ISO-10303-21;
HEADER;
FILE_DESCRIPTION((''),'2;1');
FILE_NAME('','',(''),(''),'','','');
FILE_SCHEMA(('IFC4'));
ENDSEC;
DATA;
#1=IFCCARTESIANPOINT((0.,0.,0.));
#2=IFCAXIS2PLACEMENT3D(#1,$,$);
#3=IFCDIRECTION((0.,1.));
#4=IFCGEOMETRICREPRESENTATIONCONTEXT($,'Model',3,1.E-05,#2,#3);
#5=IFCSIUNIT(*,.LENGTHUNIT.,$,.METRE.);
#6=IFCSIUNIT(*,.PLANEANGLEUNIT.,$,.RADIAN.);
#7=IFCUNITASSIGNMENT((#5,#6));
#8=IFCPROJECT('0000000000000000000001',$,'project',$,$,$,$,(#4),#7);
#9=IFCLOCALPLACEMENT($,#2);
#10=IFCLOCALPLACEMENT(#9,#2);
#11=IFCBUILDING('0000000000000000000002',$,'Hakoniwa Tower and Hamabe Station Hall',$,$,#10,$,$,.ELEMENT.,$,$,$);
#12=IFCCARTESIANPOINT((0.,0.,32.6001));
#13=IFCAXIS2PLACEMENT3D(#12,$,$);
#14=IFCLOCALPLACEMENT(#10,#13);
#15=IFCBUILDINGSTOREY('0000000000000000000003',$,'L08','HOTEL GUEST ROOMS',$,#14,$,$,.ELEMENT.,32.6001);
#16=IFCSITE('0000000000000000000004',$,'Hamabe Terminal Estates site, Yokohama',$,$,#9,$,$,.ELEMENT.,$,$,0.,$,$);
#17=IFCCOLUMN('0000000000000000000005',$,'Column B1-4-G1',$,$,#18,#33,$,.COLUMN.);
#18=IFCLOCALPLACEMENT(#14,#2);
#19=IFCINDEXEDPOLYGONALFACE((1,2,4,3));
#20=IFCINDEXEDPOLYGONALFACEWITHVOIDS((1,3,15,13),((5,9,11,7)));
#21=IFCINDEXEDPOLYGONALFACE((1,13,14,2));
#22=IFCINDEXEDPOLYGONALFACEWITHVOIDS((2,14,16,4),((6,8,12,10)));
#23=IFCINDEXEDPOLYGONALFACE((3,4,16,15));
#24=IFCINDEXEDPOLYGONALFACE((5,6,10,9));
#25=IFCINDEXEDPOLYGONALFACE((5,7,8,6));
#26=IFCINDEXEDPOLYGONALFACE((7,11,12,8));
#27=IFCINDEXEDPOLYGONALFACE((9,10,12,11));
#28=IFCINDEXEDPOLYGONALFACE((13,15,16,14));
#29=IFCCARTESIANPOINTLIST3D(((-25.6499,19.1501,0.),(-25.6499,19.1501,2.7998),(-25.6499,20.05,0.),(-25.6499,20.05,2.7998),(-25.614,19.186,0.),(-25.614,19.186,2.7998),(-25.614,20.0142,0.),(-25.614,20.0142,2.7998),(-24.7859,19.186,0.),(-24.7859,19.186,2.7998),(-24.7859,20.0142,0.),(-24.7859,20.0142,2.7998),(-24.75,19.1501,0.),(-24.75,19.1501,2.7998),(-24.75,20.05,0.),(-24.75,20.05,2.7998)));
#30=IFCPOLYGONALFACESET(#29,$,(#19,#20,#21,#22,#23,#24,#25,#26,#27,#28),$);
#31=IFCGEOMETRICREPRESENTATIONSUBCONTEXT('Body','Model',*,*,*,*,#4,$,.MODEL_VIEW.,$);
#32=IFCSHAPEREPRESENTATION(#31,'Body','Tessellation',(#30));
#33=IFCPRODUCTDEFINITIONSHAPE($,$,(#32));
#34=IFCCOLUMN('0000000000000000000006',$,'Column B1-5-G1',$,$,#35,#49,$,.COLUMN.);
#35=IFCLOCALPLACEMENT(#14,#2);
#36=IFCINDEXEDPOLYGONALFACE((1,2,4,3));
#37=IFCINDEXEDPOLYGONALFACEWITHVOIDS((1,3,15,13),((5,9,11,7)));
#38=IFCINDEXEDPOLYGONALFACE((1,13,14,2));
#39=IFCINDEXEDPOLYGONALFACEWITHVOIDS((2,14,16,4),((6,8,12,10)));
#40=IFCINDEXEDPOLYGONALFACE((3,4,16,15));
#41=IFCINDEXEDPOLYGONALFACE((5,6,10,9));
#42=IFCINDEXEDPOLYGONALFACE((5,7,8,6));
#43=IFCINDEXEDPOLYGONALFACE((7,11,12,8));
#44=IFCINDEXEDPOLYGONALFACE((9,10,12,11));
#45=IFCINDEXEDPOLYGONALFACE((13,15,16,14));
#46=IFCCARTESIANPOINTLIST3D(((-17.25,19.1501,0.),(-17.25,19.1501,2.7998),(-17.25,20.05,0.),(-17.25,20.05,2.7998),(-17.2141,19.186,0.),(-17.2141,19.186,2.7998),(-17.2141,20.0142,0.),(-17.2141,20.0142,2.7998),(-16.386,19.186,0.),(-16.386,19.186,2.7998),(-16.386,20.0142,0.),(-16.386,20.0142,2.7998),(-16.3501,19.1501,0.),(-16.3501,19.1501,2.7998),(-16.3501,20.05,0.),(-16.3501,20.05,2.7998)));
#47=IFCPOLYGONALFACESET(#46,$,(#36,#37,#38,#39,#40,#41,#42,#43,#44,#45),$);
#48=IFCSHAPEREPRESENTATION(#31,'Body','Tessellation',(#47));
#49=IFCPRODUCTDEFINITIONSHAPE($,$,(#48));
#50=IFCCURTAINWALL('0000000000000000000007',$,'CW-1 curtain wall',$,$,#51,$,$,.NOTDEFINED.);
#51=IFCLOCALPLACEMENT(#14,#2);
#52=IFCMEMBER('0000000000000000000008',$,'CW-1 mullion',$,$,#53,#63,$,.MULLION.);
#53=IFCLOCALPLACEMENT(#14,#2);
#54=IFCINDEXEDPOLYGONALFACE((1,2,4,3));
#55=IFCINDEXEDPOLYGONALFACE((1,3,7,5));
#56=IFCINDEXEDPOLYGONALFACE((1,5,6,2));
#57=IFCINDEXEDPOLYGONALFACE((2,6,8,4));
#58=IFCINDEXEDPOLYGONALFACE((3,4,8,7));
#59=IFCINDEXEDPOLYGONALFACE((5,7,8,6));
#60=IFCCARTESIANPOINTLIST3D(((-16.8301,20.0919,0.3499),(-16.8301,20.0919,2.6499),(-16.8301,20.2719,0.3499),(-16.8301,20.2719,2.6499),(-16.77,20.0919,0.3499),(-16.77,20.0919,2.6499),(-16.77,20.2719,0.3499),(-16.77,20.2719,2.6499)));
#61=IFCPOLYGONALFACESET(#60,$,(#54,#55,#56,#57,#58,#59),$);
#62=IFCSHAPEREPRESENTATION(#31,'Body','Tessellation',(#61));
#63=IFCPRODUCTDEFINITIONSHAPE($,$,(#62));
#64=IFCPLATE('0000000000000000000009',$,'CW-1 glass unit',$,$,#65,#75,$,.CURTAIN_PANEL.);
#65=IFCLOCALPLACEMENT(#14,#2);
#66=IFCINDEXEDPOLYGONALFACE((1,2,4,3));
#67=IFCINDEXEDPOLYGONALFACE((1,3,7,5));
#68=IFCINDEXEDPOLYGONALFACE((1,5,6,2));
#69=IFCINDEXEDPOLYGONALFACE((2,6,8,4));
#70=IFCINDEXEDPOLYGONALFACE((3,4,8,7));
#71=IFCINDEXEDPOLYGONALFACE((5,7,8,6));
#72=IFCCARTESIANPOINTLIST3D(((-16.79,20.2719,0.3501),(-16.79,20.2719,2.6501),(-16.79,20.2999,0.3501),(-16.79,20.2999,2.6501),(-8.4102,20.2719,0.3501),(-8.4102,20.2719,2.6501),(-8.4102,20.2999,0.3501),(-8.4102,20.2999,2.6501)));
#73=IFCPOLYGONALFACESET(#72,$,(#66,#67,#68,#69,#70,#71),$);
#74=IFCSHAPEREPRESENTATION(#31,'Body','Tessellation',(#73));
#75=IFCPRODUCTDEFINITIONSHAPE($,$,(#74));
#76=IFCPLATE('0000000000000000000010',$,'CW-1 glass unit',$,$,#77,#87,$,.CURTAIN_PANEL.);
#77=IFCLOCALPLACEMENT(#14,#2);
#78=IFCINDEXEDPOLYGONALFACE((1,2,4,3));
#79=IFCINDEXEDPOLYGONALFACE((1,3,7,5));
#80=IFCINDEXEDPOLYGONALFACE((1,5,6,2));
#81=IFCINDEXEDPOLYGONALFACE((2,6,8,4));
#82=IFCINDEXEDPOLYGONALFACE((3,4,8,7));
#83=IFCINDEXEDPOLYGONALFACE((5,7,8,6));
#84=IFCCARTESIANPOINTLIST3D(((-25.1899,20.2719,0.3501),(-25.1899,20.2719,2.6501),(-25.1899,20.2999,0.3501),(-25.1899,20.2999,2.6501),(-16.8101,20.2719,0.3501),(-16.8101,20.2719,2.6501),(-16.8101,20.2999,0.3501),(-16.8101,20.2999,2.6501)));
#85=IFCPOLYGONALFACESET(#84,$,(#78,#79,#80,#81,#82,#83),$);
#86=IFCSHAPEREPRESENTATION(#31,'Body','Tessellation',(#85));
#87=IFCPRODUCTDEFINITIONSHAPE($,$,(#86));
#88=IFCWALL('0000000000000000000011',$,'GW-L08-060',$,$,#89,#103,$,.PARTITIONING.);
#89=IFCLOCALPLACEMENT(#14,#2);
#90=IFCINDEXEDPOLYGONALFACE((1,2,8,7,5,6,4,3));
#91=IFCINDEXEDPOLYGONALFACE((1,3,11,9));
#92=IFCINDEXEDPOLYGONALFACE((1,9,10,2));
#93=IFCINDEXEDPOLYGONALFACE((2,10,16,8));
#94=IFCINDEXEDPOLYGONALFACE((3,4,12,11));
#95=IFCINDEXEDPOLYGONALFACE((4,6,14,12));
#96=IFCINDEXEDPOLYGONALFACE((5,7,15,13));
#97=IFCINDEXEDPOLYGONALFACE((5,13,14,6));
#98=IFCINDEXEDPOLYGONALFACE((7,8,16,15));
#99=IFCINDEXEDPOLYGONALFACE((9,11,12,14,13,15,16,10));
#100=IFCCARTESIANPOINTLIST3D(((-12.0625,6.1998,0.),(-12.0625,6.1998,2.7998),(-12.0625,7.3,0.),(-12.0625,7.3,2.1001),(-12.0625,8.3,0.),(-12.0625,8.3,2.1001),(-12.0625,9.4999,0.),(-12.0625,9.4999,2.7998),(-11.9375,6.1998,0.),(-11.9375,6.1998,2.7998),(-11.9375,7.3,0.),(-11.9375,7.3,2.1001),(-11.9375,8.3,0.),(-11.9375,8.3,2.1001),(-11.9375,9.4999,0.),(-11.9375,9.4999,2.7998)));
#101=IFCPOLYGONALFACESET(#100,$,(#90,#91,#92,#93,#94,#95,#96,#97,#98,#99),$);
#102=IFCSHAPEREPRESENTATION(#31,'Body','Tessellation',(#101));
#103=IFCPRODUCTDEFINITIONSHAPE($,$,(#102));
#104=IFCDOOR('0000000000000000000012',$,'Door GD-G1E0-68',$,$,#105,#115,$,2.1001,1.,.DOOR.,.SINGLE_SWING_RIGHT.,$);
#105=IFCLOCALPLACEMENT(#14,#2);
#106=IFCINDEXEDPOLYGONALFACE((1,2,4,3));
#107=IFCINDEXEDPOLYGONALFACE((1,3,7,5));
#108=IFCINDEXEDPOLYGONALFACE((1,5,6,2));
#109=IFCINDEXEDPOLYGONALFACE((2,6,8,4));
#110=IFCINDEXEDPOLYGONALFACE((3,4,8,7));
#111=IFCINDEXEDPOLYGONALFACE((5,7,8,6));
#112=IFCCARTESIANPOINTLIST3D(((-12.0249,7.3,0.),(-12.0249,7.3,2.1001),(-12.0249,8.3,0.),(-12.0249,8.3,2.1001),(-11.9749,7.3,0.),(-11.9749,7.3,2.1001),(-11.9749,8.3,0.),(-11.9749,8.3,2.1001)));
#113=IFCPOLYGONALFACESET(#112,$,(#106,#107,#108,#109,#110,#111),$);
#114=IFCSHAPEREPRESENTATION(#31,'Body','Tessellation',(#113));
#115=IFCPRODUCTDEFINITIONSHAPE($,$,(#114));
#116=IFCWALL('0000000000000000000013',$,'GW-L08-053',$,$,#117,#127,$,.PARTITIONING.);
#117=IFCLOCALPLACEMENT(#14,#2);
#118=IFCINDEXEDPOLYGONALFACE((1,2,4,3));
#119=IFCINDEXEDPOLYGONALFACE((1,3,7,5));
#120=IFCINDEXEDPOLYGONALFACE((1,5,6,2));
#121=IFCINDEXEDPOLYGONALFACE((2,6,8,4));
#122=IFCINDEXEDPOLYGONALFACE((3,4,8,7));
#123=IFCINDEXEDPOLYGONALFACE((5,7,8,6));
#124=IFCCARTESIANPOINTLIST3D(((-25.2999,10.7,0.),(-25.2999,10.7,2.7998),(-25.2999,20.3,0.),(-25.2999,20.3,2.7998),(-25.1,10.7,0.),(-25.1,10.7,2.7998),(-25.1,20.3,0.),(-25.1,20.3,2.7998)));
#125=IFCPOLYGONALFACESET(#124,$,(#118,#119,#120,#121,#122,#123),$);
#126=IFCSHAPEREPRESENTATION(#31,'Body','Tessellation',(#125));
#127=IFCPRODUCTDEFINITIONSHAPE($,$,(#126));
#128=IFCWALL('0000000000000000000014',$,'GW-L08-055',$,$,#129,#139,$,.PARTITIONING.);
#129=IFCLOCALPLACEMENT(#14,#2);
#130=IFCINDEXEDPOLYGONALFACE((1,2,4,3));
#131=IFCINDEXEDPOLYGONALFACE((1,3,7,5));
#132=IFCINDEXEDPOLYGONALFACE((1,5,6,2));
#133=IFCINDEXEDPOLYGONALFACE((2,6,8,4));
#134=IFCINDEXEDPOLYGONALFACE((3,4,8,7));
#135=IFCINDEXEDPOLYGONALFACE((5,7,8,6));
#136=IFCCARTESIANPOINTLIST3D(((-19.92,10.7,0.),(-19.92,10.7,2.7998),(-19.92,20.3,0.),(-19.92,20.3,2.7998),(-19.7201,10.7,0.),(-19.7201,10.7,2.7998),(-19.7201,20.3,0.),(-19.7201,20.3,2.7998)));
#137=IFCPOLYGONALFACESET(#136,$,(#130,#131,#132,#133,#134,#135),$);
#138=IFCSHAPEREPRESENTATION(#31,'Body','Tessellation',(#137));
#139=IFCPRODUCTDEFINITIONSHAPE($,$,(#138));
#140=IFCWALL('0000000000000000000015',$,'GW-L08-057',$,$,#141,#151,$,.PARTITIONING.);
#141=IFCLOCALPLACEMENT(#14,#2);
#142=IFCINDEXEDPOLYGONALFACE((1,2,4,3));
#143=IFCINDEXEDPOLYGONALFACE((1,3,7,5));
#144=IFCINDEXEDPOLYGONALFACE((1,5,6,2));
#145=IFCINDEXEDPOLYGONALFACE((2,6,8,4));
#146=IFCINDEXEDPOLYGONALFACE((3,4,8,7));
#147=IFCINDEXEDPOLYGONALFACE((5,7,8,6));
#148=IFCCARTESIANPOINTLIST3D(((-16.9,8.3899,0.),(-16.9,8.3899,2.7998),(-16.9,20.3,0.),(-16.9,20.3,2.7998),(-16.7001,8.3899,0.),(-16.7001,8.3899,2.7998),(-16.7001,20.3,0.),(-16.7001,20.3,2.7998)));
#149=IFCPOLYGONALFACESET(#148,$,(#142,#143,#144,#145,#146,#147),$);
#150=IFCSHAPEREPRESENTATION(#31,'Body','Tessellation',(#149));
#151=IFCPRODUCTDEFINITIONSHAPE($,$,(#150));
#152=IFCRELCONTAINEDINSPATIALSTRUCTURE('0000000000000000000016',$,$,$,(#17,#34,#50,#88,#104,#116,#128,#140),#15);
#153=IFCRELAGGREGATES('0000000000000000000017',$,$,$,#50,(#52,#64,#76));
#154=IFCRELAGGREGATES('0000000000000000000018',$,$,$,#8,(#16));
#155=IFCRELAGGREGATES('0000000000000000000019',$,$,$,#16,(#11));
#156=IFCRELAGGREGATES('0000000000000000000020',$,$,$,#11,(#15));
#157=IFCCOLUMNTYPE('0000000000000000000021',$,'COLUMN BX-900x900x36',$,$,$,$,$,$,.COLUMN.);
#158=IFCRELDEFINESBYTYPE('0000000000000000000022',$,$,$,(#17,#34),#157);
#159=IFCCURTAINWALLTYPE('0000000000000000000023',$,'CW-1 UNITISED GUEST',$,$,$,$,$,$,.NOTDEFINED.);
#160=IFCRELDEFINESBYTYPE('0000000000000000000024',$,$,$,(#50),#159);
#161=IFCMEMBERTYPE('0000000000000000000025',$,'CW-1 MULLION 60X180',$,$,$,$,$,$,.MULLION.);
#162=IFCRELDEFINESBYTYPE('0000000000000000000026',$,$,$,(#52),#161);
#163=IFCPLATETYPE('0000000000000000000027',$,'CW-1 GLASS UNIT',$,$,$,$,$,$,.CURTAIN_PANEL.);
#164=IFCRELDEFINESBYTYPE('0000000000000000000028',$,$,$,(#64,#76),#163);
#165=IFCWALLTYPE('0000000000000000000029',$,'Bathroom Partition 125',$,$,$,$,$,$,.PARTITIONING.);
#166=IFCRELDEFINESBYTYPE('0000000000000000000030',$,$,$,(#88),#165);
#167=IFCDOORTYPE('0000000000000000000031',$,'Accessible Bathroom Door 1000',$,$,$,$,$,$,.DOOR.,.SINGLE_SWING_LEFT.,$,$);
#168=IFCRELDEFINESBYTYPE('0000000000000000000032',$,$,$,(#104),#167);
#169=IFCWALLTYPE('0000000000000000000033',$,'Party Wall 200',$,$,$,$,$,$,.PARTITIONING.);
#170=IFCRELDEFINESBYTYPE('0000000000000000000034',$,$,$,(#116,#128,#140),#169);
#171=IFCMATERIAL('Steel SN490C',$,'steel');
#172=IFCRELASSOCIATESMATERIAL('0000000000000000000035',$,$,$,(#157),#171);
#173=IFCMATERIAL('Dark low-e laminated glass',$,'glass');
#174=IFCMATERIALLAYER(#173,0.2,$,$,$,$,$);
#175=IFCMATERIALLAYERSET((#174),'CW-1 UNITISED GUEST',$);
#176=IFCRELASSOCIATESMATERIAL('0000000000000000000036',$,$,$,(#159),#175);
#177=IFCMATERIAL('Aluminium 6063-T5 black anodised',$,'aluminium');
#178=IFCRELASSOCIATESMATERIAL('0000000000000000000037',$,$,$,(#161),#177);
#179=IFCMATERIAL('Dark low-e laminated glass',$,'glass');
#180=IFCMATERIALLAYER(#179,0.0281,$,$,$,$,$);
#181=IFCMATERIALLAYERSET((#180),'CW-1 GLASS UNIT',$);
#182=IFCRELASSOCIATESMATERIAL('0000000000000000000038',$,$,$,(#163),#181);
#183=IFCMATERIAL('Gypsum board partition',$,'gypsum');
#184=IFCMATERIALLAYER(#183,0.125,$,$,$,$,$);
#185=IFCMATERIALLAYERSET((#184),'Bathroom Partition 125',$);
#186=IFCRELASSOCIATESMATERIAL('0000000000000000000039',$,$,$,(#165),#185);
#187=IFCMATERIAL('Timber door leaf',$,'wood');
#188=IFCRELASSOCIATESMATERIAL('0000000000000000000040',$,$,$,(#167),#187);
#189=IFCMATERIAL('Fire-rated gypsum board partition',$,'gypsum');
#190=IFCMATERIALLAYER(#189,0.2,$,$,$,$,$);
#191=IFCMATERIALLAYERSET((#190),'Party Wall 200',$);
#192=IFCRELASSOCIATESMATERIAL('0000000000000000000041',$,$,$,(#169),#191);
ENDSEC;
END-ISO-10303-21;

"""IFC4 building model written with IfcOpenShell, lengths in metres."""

from ifc_helpers import new_model, si_unit, direction, frame, frame_2d, origin, origin_2d, place, context, subcontext, project, spatial, rectangle, hollow_rectangle, extrude, material, layer, layer_set, material_profile, profile_set, type_object, element, fill, aggregate, save


model = new_model("IFC4")

# Units and contexts
model_context = context("Model", 3, precision=1e-05, world=origin(), true_north=direction((0.0, 1.0)))
body_context = subcontext(model_context, "Body", "Model", "MODEL_VIEW")
ifc_project = project(units=[si_unit("LENGTHUNIT", "METRE"), si_unit("PLANEANGLEUNIT", "RADIAN")], contexts=[model_context])

# Site, building, storey
site_placement = place(None, origin())
site = spatial("IfcSite", under=ifc_project, at=site_placement, Name="Hamabe Terminal Estates site, Yokohama", CompositionType="ELEMENT", RefElevation=0.0)
building_placement = place(site_placement, origin())
building = spatial("IfcBuilding", under=site, at=building_placement, Name="Hakoniwa Tower and Hamabe Station Hall", CompositionType="ELEMENT")
storey_placement = place(building_placement, frame((0.0, 0.0, 32.6001)))
storey = spatial("IfcBuildingStorey", under=building, at=storey_placement, Name="L08", Description="HOTEL GUEST ROOMS", CompositionType="ELEMENT", Elevation=32.6001)

# Columns
ifc_material_1 = material(Name="Steel SN490C", Category="steel")
ifc_material_profile_1 = material_profile(ifc_material_1, hollow_rectangle(XDim=0.8999, YDim=0.8999, WallThickness=0.0359, at=origin_2d()), Name="BX-900x900x36")
ifc_profile_set_1 = profile_set([ifc_material_profile_1], Name="Steel SN490C")
column_type = type_object("IfcColumnType", Name="COLUMN BX-900x900x36", PredefinedType="COLUMN", material=ifc_profile_set_1)
for number, where, z_axis, x_axis, name in (
    (1, (-25.2, 19.6001, 0.0), (0.0, 0.0, 1.0), (1.0, 0.0, 0.0), "Column B1-4-G1"),
    (2, (-16.8, 19.6001, 0.0), (0.0, 0.0, 1.0), (1.0, 0.0, 0.0), "Column B1-5-G1"),
):
    element("IfcColumn", number, at=place(storey_placement, frame(where, z_axis=z_axis, x_axis=x_axis)), inside=storey, type_object=column_type, Name=name, PredefinedType="COLUMN", context=body_context, shape_type="SweptSolid", body=[
        extrude(hollow_rectangle(XDim=0.8999, YDim=0.8999, WallThickness=0.0359, at=origin_2d()), origin(), (0.0, 0.0, 1.0), 2.7998),
    ])

# Curtain wall, member, plates
ifc_material_2 = material(Name="Dark low-e laminated glass", Category="glass")
ifc_layer_1 = layer(ifc_material_2, 0.2)
ifc_layer_set_1 = layer_set([ifc_layer_1], Name="CW-1 UNITISED GUEST")
curtain_wall_type = type_object("IfcCurtainWallType", Name="CW-1 UNITISED GUEST", PredefinedType="NOTDEFINED", material=ifc_layer_set_1)
curtain_wall_placement = place(storey_placement, origin())
curtain_wall = element("IfcCurtainWall", 3, at=curtain_wall_placement, inside=storey, type_object=curtain_wall_type, Name="CW-1 curtain wall", PredefinedType="NOTDEFINED")
ifc_material_3 = material(Name="Aluminium 6063-T5 black anodised", Category="aluminium")
ifc_material_profile_2 = material_profile(ifc_material_3, rectangle(XDim=0.0601, YDim=0.1799, at=origin_2d()), Name="CW-1 MULLION 60X180")
ifc_profile_set_2 = profile_set([ifc_material_profile_2], Name="Aluminium 6063-T5 black anodised")
member_type = type_object("IfcMemberType", Name="CW-1 MULLION 60X180", PredefinedType="MULLION", material=ifc_profile_set_2)
member_placement = place(storey_placement, frame((-16.8, 20.1819, 0.3499), z_axis=(0.0, 0.0, 1.0), x_axis=(-1.0, 0.0, 0.0)))
member = element("IfcMember", 4, at=member_placement, type_object=member_type, Name="CW-1 mullion", PredefinedType="MULLION", context=body_context, shape_type="SweptSolid", body=[
    extrude(rectangle(XDim=0.0601, YDim=0.1799, at=origin_2d()), origin(), (0.0, 0.0, 1.0), 2.3),
])
ifc_material_4 = material(Name="Dark low-e laminated glass", Category="glass")
ifc_layer_2 = layer(ifc_material_4, 0.0281)
ifc_layer_set_2 = layer_set([ifc_layer_2], Name="CW-1 GLASS UNIT")
plate_type = type_object("IfcPlateType", Name="CW-1 GLASS UNIT", PredefinedType="CURTAIN_PANEL", material=ifc_layer_set_2)
plate_1_placement = place(storey_placement, frame((-12.6001, 20.2859, 0.3501), z_axis=(0.0, 0.0, 1.0), x_axis=(-1.0, 0.0, 0.0)))
plate_1 = element("IfcPlate", 5, at=plate_1_placement, type_object=plate_type, Name="CW-1 glass unit", PredefinedType="CURTAIN_PANEL", context=body_context, shape_type="SweptSolid", body=[
    extrude(rectangle(XDim=8.3799, YDim=0.0281, at=origin_2d()), origin(), (0.0, 0.0, 1.0), 2.3),
])
plate_2_placement = place(storey_placement, frame((-21.0, 20.2859, 0.3501), z_axis=(0.0, 0.0, 1.0), x_axis=(-1.0, 0.0, 0.0)))
plate_2 = element("IfcPlate", 6, at=plate_2_placement, type_object=plate_type, Name="CW-1 glass unit", PredefinedType="CURTAIN_PANEL", context=body_context, shape_type="SweptSolid", body=[
    extrude(rectangle(XDim=8.3799, YDim=0.0281, at=origin_2d()), origin(), (0.0, 0.0, 1.0), 2.3),
])
aggregate(curtain_wall, [member, plate_1, plate_2])

# Wall, opening, door
ifc_material_5 = material(Name="Gypsum board partition", Category="gypsum")
ifc_layer_3 = layer(ifc_material_5, 0.125)
ifc_layer_set_3 = layer_set([ifc_layer_3], Name="Bathroom Partition 125")
wall_type_1 = type_object("IfcWallType", Name="Bathroom Partition 125", PredefinedType="PARTITIONING", material=ifc_layer_set_3)
wall_1_placement = place(storey_placement, frame((-12.0, 6.2, 0.0), z_axis=(0.0, 0.0, 1.0), x_axis=(0.0, 1.0, 0.0)))
wall_1 = element("IfcWall", 7, at=wall_1_placement, inside=storey, type_object=wall_type_1, Name="GW-L08-060", PredefinedType="PARTITIONING", context=body_context, shape_type="SweptSolid", body=[
    extrude(rectangle(XDim=3.3, YDim=0.125, at=frame_2d((1.6499, 0.0))), origin(), (0.0, 0.0, 1.0), 2.7998),
])
opening_placement = place(wall_1_placement, frame((1.1001, 0.0, 0.0)))
opening = element("IfcOpeningElement", 8, at=opening_placement, cuts=wall_1, PredefinedType="OPENING", context=body_context, shape_type="SweptSolid", body=[
    extrude(rectangle(XDim=1.0, YDim=2.1001, at=frame_2d((0.5, 1.05))), frame((0.0, 0.0725, 0.0), z_axis=(0.0, -1.0, 0.0), x_axis=(1.0, 0.0, 0.0)), (0.0, 0.0, 1.0), 0.145),
])
ifc_material_6 = material(Name="Timber door leaf", Category="wood")
door_type = type_object("IfcDoorType", Name="Accessible Bathroom Door 1000", OperationType="SINGLE_SWING_LEFT", PredefinedType="DOOR", material=ifc_material_6)
door_placement = place(opening_placement, origin())
door = element("IfcDoor", 9, at=door_placement, inside=storey, type_object=door_type, Name="Door GD-G1E0-68", OperationType="SINGLE_SWING_RIGHT", OverallHeight=2.1001, OverallWidth=1.0, PredefinedType="DOOR", context=body_context, shape_type="SweptSolid", body=[
    extrude(rectangle(XDim=1.0, YDim=2.1001, at=frame_2d((0.5, 1.05))), frame((0.0, 0.0249, 0.0), z_axis=(0.0, -1.0, 0.0), x_axis=(1.0, 0.0, 0.0)), (0.0, 0.0, 1.0), 0.05),
])
fill(opening, door)

# Walls
ifc_material_7 = material(Name="Fire-rated gypsum board partition", Category="gypsum")
ifc_layer_4 = layer(ifc_material_7, 0.2)
ifc_layer_set_4 = layer_set([ifc_layer_4], Name="Party Wall 200")
wall_type_2 = type_object("IfcWallType", Name="Party Wall 200", PredefinedType="PARTITIONING", material=ifc_layer_set_4)
for number, where, z_axis, x_axis, name in (
    (10, (-25.2, 10.7, 0.0), (0.0, 0.0, 1.0), (0.0, 1.0, 0.0), "GW-L08-053"),
    (11, (-19.8201, 10.7, 0.0), (0.0, 0.0, 1.0), (0.0, 1.0, 0.0), "GW-L08-055"),
):
    element("IfcWall", number, at=place(storey_placement, frame(where, z_axis=z_axis, x_axis=x_axis)), inside=storey, type_object=wall_type_2, Name=name, PredefinedType="PARTITIONING", context=body_context, shape_type="SweptSolid", body=[
        extrude(rectangle(XDim=9.6001, YDim=0.2, at=frame_2d((4.8, 0.0))), origin(), (0.0, 0.0, 1.0), 2.7998),
    ])
wall_2_placement = place(storey_placement, frame((-16.8, 8.3899, 0.0), z_axis=(0.0, 0.0, 1.0), x_axis=(0.0, 1.0, 0.0)))
element("IfcWall", 12, at=wall_2_placement, inside=storey, type_object=wall_type_2, Name="GW-L08-057", PredefinedType="PARTITIONING", context=body_context, shape_type="SweptSolid", body=[
    extrude(rectangle(XDim=11.9102, YDim=0.2, at=frame_2d((5.9551, 0.0))), origin(), (0.0, 0.0, 1.0), 2.7998),
])

save(model, "model.ifc")
